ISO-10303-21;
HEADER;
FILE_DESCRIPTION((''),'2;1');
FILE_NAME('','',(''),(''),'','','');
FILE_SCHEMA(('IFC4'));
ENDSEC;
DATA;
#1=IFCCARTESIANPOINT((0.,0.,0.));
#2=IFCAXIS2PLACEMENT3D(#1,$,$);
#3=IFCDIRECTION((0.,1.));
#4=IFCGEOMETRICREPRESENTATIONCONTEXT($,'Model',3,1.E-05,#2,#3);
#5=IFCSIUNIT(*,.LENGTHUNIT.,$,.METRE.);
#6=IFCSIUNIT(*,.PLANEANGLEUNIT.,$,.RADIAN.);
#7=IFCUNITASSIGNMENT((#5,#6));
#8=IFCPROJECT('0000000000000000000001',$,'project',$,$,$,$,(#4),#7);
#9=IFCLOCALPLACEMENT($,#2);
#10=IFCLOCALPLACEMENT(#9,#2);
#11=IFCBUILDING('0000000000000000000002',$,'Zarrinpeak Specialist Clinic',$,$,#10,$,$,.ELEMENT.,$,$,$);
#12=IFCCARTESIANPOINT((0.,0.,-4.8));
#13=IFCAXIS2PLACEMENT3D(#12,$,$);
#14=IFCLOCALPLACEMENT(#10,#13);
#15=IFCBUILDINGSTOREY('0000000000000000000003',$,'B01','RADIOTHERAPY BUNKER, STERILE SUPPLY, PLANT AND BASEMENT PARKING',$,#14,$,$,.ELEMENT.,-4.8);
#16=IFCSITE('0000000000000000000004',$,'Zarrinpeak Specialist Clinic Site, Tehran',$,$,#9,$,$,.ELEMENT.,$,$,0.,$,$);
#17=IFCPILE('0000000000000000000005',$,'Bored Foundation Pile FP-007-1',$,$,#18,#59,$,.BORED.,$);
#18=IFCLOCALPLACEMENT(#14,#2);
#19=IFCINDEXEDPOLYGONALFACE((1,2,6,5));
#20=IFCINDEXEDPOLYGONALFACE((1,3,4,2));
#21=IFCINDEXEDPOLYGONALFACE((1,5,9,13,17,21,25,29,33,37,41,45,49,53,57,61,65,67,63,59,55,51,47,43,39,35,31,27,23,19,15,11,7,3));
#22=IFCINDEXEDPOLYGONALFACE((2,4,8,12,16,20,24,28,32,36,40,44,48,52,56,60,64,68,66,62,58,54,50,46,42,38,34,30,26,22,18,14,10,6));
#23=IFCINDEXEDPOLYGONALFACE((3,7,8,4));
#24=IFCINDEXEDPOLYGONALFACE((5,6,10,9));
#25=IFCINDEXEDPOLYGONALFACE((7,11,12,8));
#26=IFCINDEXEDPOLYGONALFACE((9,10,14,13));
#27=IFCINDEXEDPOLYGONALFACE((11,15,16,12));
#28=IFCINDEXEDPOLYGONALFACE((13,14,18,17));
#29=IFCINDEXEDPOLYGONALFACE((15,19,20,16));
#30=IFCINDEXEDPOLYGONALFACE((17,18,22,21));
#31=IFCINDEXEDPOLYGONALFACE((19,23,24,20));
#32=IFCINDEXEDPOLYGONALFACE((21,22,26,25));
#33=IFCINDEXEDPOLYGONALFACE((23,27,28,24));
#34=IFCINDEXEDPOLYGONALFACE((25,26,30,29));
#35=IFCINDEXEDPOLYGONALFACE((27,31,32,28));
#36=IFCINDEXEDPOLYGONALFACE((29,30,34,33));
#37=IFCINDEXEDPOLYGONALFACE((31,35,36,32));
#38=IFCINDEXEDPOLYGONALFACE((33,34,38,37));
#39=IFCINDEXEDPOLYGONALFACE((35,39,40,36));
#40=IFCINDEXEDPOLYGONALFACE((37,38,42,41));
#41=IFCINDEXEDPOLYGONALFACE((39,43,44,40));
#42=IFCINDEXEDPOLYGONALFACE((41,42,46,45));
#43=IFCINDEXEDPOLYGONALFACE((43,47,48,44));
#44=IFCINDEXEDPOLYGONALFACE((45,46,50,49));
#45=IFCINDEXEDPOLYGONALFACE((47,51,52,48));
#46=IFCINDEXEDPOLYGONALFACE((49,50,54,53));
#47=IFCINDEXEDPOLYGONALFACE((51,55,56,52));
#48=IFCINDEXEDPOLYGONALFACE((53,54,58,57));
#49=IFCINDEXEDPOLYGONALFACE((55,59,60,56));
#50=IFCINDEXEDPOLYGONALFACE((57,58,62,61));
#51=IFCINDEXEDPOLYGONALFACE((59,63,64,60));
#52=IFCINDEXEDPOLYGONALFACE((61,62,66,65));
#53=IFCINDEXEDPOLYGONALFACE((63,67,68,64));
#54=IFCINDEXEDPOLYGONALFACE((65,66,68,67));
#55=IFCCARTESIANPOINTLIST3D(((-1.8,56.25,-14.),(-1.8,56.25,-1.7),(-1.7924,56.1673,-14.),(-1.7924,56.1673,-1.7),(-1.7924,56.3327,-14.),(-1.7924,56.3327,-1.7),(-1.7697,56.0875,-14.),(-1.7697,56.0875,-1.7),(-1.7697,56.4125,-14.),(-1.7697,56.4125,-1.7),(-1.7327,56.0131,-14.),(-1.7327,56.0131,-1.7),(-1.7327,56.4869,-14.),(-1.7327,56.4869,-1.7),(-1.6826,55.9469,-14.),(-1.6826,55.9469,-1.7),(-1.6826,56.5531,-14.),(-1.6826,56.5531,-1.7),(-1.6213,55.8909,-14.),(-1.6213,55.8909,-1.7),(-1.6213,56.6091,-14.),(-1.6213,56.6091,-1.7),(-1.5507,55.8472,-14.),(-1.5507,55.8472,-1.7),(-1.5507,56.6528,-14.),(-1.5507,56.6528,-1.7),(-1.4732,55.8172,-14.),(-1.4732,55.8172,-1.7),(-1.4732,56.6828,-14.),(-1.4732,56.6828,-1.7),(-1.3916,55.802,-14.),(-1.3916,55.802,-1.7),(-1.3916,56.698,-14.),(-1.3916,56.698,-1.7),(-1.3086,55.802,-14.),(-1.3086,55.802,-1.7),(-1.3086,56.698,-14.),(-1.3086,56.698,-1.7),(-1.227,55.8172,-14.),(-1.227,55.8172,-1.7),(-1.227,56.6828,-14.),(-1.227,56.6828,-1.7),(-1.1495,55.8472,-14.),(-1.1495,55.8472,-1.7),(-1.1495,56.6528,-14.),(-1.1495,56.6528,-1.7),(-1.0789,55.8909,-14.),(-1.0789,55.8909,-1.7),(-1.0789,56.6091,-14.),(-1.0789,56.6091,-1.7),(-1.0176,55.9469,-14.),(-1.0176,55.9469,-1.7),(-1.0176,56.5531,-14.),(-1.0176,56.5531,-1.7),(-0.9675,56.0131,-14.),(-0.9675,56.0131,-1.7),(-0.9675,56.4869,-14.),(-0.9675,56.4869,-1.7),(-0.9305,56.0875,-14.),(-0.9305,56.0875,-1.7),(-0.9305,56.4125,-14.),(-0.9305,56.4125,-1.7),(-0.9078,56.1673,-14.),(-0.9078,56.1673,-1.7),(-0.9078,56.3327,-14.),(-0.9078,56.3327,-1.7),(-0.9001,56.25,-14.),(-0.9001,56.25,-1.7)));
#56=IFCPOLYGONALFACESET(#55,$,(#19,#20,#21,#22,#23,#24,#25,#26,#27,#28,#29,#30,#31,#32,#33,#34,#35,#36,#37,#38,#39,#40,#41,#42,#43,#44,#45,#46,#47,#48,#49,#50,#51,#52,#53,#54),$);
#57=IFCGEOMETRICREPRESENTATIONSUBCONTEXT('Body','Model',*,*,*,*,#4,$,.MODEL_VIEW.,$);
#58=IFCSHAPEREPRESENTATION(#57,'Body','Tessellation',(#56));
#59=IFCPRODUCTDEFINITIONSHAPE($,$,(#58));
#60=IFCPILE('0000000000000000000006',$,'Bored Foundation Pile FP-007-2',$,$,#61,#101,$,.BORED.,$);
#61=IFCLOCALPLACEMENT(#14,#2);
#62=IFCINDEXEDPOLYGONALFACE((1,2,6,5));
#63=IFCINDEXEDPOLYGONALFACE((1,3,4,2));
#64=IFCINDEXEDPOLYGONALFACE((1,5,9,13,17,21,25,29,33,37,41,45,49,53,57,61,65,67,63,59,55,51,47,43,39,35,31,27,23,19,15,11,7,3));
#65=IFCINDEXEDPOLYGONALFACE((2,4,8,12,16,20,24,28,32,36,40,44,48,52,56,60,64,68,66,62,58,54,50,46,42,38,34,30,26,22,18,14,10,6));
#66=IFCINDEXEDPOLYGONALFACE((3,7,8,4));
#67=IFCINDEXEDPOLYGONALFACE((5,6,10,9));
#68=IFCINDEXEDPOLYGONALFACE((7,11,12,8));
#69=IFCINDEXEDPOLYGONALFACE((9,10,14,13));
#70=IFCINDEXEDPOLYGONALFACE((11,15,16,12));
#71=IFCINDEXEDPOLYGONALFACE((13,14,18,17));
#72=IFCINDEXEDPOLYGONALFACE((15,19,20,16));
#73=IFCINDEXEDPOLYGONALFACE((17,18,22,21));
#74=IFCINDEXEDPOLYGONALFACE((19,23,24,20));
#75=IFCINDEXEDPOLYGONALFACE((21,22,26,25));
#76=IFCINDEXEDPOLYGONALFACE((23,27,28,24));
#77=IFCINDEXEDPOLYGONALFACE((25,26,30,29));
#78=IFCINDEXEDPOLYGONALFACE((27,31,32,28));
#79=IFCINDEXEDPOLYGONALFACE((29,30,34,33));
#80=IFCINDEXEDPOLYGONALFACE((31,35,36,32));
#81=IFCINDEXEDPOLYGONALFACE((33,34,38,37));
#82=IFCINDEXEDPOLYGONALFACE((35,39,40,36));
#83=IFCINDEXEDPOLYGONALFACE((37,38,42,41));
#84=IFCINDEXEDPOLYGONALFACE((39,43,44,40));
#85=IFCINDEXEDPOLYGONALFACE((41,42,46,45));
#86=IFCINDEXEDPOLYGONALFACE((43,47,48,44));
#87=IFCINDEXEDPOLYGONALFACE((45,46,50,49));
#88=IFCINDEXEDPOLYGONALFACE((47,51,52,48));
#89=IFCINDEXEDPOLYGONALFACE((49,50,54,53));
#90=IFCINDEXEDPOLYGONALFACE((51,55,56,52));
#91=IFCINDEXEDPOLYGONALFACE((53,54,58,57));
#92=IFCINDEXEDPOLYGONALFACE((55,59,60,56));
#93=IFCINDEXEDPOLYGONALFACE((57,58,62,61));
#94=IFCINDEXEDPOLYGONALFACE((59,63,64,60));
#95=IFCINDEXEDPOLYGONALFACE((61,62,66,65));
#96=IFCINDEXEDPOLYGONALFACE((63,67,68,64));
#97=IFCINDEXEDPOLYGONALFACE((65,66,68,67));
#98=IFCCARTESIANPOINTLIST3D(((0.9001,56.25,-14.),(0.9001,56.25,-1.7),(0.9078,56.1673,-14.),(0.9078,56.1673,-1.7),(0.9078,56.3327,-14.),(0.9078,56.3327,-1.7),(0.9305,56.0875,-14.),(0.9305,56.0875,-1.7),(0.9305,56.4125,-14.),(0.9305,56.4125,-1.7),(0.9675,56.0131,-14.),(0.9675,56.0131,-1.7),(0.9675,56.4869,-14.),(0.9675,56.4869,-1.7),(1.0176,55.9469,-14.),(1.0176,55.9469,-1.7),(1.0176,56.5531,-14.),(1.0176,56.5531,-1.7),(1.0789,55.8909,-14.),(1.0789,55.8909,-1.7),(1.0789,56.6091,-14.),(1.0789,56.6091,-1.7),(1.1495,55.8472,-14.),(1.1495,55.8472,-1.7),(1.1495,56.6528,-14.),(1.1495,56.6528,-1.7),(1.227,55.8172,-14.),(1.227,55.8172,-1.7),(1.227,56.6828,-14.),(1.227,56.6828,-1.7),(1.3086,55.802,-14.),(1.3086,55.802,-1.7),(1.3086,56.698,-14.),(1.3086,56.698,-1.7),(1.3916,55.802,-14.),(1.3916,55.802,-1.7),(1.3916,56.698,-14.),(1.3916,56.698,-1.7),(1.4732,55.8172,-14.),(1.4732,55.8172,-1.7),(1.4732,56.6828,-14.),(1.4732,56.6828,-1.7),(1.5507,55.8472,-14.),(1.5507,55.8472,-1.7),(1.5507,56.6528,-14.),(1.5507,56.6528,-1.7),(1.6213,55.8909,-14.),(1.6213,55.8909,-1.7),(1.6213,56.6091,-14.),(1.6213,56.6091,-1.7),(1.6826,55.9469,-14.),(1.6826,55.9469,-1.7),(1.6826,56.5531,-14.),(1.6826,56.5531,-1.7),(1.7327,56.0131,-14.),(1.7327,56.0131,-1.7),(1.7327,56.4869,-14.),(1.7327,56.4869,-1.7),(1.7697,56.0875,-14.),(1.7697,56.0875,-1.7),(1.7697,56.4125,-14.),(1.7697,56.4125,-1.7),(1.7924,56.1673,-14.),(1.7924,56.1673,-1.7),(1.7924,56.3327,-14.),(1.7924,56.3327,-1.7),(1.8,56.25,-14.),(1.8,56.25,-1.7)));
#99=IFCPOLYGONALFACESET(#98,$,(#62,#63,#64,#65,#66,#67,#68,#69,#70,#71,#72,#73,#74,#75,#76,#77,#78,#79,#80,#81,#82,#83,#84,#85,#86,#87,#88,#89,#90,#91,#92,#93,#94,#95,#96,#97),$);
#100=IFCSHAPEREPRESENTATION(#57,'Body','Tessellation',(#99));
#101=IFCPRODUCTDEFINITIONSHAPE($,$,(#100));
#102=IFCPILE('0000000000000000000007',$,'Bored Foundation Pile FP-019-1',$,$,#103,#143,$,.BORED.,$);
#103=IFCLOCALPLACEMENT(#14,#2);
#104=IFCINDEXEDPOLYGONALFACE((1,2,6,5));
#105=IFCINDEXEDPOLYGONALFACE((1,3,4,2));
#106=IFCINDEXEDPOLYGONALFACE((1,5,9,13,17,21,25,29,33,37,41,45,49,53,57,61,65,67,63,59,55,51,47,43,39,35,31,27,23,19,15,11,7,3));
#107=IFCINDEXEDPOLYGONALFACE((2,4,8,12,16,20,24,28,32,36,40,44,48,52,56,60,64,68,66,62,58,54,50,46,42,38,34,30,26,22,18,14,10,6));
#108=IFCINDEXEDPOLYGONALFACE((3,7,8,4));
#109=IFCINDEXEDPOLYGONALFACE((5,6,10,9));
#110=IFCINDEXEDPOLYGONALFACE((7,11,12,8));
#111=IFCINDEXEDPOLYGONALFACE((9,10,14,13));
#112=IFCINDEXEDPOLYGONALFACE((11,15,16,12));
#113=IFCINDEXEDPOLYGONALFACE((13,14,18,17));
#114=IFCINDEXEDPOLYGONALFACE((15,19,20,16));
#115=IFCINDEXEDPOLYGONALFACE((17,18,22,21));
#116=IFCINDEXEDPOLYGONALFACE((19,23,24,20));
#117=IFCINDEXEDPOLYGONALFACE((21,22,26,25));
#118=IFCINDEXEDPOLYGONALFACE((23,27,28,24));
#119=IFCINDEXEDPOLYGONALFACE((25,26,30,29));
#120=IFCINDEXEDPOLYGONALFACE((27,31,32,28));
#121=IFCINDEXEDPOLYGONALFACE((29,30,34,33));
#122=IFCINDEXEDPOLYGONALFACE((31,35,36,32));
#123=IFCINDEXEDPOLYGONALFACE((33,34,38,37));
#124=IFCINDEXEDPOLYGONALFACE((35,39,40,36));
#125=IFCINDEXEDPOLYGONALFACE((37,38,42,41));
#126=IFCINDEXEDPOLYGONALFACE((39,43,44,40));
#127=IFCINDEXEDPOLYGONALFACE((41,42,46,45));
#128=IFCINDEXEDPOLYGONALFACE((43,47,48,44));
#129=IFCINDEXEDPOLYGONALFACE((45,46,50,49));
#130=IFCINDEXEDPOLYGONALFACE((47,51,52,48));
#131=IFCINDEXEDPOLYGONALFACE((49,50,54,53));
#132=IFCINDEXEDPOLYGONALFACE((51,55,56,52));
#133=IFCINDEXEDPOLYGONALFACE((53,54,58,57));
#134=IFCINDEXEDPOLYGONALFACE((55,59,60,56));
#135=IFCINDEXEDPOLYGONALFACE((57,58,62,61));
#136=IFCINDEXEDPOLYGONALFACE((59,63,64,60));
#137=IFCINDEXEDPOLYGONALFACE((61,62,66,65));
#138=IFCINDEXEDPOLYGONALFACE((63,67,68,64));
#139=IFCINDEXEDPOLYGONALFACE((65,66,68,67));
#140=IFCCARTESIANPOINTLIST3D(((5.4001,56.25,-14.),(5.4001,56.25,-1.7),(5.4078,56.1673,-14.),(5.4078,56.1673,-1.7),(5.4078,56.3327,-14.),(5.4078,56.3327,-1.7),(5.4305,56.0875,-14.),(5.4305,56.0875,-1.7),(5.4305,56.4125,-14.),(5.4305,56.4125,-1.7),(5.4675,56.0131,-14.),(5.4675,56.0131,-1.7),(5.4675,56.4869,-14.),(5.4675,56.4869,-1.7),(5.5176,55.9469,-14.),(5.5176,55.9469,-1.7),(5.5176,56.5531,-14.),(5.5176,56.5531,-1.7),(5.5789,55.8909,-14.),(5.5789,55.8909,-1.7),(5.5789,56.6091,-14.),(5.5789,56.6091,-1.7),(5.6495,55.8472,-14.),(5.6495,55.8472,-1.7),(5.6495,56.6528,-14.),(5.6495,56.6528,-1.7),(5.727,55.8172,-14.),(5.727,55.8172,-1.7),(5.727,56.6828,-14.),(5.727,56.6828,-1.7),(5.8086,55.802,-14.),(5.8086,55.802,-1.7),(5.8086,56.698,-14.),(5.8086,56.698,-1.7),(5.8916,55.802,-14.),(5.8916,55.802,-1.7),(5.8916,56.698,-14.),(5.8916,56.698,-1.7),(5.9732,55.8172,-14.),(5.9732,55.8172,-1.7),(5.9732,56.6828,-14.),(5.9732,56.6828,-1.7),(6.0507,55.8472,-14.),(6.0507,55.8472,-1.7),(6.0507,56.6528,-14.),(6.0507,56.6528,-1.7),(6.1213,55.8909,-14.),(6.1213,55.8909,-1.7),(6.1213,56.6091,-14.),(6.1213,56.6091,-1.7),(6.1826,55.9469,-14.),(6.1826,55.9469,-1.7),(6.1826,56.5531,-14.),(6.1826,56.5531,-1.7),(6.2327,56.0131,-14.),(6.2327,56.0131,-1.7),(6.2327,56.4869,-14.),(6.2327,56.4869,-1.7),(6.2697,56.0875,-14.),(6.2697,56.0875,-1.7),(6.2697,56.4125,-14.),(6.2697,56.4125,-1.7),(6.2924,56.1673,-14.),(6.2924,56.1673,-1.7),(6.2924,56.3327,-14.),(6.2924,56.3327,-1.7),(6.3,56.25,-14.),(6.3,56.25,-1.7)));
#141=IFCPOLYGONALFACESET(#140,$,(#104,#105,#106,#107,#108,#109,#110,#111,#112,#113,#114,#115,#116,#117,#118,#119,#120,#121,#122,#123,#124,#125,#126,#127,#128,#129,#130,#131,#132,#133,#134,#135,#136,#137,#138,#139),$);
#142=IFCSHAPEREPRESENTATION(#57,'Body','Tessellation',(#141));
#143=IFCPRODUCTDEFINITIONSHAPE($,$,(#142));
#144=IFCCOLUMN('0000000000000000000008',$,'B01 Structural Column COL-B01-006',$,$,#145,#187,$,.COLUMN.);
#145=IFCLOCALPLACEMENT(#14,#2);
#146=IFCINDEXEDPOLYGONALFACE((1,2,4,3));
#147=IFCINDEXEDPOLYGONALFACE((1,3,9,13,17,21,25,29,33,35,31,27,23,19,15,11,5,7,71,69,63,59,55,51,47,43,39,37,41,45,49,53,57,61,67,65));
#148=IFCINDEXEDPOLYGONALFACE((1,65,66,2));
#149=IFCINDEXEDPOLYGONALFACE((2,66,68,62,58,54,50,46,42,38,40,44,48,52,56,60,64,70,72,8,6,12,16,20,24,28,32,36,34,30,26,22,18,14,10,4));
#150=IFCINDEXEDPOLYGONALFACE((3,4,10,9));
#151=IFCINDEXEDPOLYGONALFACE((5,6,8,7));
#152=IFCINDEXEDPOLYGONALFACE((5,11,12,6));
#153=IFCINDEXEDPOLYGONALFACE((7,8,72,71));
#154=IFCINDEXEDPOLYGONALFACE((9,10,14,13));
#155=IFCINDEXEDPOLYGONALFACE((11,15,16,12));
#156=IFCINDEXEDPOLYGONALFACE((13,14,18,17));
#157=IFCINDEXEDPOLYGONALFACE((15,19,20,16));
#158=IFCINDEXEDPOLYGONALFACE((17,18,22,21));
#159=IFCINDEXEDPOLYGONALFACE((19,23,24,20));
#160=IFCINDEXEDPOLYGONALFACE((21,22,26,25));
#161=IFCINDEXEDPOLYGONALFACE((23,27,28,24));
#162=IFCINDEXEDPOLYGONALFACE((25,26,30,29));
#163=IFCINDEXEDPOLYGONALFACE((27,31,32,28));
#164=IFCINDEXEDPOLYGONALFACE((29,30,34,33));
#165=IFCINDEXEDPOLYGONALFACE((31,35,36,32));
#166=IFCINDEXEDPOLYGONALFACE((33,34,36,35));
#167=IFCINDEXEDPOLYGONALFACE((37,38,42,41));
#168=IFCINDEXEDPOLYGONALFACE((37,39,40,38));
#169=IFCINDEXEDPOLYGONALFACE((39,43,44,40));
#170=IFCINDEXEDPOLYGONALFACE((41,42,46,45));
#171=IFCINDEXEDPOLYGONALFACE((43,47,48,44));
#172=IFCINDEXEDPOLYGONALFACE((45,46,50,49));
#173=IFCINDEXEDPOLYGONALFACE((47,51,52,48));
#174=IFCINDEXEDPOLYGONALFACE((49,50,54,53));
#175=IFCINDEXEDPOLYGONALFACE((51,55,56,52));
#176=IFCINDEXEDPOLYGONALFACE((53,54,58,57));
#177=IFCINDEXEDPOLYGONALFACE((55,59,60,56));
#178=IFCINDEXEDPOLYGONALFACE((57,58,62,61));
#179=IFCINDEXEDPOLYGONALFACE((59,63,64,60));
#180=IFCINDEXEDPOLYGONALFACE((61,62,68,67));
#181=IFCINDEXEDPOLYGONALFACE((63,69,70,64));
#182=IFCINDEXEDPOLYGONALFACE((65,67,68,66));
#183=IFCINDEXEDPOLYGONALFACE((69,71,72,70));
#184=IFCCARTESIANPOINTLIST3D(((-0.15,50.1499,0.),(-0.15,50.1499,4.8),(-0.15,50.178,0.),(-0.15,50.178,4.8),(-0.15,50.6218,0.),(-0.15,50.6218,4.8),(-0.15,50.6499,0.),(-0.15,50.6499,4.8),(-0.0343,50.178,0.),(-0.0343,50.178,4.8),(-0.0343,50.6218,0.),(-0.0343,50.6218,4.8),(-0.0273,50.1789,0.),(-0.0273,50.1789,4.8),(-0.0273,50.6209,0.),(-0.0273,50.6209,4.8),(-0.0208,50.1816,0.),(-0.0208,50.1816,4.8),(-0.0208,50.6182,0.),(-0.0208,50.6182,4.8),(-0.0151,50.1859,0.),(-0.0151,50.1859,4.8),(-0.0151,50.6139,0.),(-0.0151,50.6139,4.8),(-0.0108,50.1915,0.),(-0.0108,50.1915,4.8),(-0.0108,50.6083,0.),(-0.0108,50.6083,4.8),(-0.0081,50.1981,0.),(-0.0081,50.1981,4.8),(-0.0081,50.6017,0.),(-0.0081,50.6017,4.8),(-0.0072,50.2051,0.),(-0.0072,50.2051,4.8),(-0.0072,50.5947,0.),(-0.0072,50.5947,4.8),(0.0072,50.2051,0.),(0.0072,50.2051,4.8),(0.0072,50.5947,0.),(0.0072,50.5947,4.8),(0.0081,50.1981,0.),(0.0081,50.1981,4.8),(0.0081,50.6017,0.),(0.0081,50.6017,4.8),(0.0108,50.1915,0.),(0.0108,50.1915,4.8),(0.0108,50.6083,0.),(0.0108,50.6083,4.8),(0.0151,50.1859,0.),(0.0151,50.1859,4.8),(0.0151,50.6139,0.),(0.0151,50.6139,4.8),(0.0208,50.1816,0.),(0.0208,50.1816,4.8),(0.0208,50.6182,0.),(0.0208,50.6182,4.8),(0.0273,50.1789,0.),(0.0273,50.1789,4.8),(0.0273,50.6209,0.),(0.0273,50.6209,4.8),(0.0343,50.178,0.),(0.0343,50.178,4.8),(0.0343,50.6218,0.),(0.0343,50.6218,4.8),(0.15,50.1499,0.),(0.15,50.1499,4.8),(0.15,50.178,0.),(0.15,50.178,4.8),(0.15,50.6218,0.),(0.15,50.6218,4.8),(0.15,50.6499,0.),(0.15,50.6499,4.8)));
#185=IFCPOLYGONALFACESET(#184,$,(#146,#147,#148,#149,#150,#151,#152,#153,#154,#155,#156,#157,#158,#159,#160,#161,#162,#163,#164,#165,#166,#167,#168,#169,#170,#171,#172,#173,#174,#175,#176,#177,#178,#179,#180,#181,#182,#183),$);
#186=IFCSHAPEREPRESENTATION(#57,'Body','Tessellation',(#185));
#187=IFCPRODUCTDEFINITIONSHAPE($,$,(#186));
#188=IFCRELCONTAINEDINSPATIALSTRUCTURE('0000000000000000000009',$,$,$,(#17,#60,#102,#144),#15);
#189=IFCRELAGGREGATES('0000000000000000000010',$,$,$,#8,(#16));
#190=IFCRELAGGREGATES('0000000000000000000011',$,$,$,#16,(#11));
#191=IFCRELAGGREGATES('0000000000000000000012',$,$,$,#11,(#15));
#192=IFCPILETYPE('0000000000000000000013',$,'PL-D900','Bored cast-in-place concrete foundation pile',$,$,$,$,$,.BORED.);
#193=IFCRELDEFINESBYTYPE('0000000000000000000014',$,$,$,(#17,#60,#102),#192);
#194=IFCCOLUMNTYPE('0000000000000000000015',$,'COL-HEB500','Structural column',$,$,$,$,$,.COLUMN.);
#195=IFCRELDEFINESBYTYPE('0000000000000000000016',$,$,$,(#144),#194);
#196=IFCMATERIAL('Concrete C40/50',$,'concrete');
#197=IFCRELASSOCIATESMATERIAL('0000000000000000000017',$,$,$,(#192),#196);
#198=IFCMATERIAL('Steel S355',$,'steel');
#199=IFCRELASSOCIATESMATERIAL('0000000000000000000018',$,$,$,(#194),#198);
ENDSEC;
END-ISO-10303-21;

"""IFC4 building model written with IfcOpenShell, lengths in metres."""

from ifc_helpers import new_model, si_unit, direction, frame, origin, origin_2d, place, context, subcontext, project, spatial, circle, i_section, extrude, material, material_profile, profile_set, type_object, element, save


model = new_model("IFC4")

# Units and contexts
model_context = context("Model", 3, precision=1e-05, world=origin(), true_north=direction((0.0, 1.0)))
body_context = subcontext(model_context, "Body", "Model", "MODEL_VIEW")
ifc_project = project(units=[si_unit("LENGTHUNIT", "METRE"), si_unit("PLANEANGLEUNIT", "RADIAN")], contexts=[model_context])

# Site, building, storey
site_placement = place(None, origin())
site = spatial("IfcSite", under=ifc_project, at=site_placement, Name="Zarrinpeak Specialist Clinic Site, Tehran", CompositionType="ELEMENT", RefElevation=0.0)
building_placement = place(site_placement, origin())
building = spatial("IfcBuilding", under=site, at=building_placement, Name="Zarrinpeak Specialist Clinic", CompositionType="ELEMENT")
storey_placement = place(building_placement, frame((0.0, 0.0, -4.8)))
storey = spatial("IfcBuildingStorey", under=building, at=storey_placement, Name="B01", Description="RADIOTHERAPY BUNKER, STERILE SUPPLY, PLANT AND BASEMENT PARKING", CompositionType="ELEMENT", Elevation=-4.8)

# Shared definitions
ifc_material_1 = material(Name="Concrete C40/50", Category="concrete")

# Piles
ifc_material_profile_1 = material_profile(ifc_material_1, circle(Radius=0.45, at=origin_2d()), Name="BORED PILE D900")
ifc_profile_set_1 = profile_set([ifc_material_profile_1], Name="Concrete C40/50")
pile_type_1 = type_object("IfcPileType", Name="PL-D900", Description="Bored cast-in-place concrete foundation pile", PredefinedType="BORED", material=ifc_profile_set_1)
for number, where, z_axis, x_axis, name in (
    (1, (-1.3501, 56.25, -1.7), (0.0, 0.0, -1.0), (1.0, 0.0, 0.0), "Bored Foundation Pile FP-007-1"),
    (2, (1.3501, 56.25, -1.7), (0.0, 0.0, -1.0), (1.0, 0.0, 0.0), "Bored Foundation Pile FP-007-2"),
    (3, (5.8501, 56.25, -1.7), (0.0, 0.0, -1.0), (1.0, 0.0, 0.0), "Bored Foundation Pile FP-019-1"),
):
    element("IfcPile", number, at=place(storey_placement, frame(where, z_axis=z_axis, x_axis=x_axis)), inside=storey, type_object=pile_type_1, Name=name, PredefinedType="BORED", context=body_context, shape_type="SweptSolid", body=[
        extrude(circle(Radius=0.45, at=origin_2d()), origin(), (0.0, 0.0, 1.0), 12.3),
    ])

# Column
ifc_material_2 = material(Name="Steel S355", Category="steel")
ifc_material_profile_2 = material_profile(ifc_material_2, i_section(OverallWidth=0.3, OverallDepth=0.5, WebThickness=0.0144, FlangeThickness=0.0281, FilletRadius=0.0271, at=origin_2d()), Name="HEB 500")
ifc_profile_set_2 = profile_set([ifc_material_profile_2], Name="Steel S355")
column_type_1 = type_object("IfcColumnType", Name="COL-HEB500", Description="Structural column", PredefinedType="COLUMN", material=ifc_profile_set_2)
for number, where, z_axis, x_axis, name in (
    (4, (0.0, 50.3999, 0.0), (0.0, 0.0, 1.0), (1.0, 0.0, 0.0), "B01 Structural Column COL-B01-006"),
):
    element("IfcColumn", number, at=place(storey_placement, frame(where, z_axis=z_axis, x_axis=x_axis)), inside=storey, type_object=column_type_1, Name=name, PredefinedType="COLUMN", context=body_context, shape_type="SweptSolid", body=[
        extrude(i_section(OverallWidth=0.3, OverallDepth=0.5, WebThickness=0.0144, FlangeThickness=0.0281, FilletRadius=0.0271, at=origin_2d()), origin(), (0.0, 0.0, 1.0), 4.8),
    ])

save(model, "model.ifc")
